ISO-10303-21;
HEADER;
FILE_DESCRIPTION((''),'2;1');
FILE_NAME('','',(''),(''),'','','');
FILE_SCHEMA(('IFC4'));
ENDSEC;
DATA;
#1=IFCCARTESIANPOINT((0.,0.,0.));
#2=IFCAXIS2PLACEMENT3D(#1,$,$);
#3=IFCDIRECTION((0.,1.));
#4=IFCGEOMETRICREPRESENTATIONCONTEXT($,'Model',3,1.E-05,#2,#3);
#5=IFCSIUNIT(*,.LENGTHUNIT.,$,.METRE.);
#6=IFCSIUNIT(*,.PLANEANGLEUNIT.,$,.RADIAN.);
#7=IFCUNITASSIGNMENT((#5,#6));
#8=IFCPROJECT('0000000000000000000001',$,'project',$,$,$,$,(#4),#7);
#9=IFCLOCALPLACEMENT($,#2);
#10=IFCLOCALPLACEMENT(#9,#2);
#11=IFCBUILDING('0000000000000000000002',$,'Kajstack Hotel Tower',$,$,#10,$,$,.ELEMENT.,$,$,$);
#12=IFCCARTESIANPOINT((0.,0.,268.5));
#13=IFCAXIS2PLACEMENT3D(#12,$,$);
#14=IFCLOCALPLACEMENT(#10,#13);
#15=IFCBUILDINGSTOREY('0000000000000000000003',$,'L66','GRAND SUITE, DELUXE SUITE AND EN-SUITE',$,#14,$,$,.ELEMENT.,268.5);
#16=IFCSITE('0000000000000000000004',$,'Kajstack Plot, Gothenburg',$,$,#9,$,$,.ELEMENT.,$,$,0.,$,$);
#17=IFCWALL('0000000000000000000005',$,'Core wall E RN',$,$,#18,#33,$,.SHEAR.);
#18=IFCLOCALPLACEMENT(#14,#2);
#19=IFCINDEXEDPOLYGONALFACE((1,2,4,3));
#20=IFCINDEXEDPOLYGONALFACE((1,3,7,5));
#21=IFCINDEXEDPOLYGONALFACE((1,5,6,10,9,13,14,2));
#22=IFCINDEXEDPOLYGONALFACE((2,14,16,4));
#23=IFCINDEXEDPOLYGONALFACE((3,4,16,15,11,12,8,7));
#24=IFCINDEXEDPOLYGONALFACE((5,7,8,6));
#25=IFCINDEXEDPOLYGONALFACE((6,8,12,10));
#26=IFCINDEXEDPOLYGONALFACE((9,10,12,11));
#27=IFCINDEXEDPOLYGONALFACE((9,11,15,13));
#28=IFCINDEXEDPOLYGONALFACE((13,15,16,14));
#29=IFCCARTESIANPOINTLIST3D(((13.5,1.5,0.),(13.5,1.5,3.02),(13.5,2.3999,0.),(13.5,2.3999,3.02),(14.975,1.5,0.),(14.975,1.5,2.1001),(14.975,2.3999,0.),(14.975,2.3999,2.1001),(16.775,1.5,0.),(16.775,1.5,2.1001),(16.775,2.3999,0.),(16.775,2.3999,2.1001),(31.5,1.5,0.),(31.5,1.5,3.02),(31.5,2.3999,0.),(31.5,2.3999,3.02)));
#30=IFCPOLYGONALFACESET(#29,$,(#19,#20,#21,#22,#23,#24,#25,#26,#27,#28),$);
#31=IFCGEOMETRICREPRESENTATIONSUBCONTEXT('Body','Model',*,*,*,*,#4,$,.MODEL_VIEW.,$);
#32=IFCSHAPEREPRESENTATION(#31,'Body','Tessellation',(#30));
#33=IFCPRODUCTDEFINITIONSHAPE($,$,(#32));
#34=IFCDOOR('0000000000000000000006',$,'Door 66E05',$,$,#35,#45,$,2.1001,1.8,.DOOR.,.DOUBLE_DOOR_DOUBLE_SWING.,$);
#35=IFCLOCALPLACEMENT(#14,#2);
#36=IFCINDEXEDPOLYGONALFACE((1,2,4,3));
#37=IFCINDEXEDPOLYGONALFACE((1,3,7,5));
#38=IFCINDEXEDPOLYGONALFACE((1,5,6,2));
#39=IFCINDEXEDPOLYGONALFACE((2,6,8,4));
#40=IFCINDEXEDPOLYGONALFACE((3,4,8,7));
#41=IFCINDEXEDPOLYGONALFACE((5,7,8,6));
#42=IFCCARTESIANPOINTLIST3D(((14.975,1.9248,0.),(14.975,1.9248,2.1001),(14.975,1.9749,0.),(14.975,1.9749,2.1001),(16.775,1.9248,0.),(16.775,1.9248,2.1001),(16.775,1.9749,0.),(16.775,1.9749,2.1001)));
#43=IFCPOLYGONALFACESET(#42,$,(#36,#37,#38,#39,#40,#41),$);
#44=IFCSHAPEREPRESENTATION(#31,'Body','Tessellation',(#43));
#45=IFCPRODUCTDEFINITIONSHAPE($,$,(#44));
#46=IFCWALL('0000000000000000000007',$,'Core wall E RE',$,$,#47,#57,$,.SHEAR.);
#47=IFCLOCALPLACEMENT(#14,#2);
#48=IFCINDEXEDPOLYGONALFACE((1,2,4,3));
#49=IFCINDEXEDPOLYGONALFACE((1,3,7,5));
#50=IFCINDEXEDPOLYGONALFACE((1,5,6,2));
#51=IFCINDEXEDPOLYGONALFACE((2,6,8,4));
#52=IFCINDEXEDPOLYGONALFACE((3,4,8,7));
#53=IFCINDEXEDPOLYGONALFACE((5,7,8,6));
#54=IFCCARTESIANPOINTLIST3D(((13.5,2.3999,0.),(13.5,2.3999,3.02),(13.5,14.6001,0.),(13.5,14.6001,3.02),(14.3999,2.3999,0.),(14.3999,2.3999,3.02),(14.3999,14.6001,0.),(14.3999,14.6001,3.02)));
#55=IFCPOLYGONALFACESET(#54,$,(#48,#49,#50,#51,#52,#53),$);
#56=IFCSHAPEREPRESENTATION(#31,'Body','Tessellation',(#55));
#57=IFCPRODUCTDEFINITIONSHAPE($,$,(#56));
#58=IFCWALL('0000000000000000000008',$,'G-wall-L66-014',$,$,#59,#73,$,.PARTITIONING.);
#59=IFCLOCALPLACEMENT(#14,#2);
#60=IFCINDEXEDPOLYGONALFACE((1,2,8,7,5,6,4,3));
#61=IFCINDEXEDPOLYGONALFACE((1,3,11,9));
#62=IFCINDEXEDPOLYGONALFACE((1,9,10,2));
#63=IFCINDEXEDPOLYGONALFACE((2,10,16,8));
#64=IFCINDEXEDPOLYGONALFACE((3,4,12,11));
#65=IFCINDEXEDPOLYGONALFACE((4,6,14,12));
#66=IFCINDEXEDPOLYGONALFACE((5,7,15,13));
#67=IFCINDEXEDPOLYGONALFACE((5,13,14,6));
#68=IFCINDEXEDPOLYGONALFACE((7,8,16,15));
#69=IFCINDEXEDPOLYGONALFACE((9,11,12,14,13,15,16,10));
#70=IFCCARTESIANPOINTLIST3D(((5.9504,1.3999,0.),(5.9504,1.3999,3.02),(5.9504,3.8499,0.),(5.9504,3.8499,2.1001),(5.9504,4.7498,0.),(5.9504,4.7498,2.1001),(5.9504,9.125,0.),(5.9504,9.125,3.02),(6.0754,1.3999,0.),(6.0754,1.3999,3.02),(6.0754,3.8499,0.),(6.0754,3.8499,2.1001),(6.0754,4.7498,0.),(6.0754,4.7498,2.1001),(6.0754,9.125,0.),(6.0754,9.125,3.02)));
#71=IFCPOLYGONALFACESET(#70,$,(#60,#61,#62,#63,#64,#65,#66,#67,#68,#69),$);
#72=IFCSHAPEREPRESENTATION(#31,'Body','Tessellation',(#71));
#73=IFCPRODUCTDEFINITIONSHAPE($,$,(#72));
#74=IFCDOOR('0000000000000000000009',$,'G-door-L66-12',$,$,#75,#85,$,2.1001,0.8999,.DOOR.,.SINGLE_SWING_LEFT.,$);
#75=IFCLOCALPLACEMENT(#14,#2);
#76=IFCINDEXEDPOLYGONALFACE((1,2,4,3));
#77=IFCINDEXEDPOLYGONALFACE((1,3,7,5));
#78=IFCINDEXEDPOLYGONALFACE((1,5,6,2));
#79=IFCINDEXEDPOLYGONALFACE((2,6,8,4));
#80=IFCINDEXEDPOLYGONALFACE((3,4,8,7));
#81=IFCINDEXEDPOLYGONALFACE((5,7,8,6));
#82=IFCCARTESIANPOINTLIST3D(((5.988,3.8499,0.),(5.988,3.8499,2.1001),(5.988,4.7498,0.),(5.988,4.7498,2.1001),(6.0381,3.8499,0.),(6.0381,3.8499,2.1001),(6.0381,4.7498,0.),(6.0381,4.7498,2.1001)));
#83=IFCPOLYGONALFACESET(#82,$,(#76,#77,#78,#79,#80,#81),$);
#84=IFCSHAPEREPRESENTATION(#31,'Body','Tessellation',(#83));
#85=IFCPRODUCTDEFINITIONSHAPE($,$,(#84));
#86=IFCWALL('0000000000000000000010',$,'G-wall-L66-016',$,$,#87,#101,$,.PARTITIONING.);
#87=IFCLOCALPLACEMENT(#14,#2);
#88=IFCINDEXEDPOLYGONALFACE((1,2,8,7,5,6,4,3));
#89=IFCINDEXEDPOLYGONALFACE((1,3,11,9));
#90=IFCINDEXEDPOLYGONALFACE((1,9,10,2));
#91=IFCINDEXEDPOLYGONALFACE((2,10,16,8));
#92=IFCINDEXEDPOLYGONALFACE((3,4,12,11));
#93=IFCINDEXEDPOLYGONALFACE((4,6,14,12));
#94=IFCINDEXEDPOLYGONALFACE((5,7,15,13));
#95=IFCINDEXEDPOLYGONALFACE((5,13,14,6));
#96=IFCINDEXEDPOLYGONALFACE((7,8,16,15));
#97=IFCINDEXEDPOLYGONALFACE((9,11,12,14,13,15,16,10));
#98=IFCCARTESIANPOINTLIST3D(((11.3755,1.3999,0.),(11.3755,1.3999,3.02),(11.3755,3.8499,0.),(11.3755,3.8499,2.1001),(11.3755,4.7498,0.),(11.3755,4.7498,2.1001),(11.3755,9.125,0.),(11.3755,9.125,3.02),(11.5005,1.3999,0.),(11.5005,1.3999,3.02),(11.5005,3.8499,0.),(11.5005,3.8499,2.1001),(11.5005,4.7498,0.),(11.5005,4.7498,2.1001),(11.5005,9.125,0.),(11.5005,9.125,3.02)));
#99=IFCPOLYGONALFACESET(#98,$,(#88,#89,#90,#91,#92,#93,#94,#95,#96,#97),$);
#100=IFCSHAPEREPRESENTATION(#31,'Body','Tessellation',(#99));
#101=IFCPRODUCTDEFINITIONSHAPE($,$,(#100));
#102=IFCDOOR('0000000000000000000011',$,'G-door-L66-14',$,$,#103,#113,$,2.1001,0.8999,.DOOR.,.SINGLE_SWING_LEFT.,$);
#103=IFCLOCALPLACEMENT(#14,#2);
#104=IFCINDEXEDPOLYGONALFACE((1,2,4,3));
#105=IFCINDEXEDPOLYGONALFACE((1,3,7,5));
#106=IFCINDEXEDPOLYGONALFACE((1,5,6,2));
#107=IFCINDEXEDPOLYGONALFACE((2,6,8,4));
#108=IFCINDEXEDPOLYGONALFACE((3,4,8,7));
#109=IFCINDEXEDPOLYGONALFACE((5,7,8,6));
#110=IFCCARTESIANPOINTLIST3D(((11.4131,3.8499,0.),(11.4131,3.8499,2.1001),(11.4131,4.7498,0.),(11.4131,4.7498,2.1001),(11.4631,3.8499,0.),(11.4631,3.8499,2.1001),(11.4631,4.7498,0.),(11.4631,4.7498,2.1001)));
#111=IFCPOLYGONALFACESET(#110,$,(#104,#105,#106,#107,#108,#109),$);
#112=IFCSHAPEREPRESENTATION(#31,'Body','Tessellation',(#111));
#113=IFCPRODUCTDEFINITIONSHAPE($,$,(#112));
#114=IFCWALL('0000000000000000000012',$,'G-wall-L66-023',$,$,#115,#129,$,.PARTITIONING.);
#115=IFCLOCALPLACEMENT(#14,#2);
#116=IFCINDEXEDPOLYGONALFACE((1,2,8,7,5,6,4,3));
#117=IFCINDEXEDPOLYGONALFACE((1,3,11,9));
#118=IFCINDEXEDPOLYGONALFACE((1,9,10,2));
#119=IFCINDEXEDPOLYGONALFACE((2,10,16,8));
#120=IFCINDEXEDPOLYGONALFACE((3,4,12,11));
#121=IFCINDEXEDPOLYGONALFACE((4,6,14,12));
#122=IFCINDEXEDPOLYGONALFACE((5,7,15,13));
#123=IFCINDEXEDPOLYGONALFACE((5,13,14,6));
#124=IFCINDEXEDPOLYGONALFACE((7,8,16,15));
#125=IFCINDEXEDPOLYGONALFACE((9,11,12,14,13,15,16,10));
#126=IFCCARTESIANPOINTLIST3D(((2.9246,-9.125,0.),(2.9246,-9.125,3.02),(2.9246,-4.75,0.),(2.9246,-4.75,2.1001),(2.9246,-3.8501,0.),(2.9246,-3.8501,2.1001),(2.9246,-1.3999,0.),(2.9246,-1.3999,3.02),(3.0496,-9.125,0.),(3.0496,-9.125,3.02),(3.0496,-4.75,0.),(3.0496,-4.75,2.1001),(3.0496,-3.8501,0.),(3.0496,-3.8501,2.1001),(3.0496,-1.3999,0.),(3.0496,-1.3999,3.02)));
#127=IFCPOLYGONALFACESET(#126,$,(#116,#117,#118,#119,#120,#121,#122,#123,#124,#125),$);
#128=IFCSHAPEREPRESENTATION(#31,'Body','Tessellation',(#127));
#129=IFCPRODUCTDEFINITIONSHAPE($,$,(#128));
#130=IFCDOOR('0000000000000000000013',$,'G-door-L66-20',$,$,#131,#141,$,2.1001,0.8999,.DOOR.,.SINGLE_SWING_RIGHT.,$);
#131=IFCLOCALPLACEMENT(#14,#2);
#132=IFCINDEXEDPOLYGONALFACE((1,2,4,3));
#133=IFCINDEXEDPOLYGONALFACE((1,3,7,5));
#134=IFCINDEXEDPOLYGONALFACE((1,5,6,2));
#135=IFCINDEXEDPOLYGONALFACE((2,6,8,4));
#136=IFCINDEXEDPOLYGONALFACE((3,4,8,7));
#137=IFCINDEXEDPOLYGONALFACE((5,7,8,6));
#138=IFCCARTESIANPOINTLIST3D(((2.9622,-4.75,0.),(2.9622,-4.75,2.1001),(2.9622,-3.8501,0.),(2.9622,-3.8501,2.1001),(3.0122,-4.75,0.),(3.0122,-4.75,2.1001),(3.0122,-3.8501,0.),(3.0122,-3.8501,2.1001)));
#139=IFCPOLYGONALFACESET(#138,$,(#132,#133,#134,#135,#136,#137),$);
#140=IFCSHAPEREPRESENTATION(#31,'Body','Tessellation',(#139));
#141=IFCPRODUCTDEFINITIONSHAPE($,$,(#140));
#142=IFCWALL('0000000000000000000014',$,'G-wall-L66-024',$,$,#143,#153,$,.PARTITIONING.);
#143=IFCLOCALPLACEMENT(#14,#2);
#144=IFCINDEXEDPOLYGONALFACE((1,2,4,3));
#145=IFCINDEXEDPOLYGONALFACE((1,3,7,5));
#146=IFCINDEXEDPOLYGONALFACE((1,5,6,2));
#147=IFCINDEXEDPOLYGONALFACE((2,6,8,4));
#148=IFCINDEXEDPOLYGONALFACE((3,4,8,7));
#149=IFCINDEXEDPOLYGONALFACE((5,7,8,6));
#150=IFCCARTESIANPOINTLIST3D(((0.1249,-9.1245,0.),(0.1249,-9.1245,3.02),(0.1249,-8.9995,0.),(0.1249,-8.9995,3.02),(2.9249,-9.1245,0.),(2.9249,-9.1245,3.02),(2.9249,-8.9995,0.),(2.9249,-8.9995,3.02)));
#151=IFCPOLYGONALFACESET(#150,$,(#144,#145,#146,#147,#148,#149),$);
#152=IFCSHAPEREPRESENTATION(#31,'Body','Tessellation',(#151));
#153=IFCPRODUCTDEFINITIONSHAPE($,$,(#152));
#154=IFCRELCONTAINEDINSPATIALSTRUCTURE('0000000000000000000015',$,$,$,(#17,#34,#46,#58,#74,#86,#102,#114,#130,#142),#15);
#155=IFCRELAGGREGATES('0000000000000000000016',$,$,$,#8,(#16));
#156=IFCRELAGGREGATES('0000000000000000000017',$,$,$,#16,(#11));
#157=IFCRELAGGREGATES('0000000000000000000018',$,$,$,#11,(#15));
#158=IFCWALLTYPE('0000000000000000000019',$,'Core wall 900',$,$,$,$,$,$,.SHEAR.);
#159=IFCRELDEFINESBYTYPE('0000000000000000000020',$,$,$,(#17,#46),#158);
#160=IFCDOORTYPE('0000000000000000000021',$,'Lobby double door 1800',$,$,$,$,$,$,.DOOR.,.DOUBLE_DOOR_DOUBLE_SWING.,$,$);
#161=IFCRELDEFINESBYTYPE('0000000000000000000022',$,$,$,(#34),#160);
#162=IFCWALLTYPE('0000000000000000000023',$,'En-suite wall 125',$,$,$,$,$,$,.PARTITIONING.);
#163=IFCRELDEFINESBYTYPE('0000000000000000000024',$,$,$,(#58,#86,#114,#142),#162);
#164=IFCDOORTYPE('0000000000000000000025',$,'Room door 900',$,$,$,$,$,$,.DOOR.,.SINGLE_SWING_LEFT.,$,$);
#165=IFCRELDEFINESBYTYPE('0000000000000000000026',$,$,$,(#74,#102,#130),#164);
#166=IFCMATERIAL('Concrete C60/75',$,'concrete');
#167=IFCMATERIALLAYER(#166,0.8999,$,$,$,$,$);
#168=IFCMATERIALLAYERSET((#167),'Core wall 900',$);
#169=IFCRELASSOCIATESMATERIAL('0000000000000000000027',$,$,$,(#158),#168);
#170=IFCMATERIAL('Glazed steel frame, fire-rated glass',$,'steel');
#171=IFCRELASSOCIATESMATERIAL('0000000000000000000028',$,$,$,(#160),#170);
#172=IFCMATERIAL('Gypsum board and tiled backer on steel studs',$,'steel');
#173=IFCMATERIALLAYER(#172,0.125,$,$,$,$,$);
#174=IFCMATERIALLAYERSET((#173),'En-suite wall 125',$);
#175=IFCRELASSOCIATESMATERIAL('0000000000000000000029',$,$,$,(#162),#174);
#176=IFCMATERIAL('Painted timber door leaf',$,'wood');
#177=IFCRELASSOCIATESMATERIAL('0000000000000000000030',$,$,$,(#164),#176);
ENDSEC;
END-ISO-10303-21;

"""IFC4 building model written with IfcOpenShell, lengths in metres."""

from ifc_helpers import new_model, si_unit, direction, frame, frame_2d, origin, place, context, subcontext, project, spatial, rectangle, extrude, material, layer, layer_set, type_object, element, fill, save


model = new_model("IFC4")

# Units and contexts
model_context = context("Model", 3, precision=1e-05, world=origin(), true_north=direction((0.0, 1.0)))
body_context = subcontext(model_context, "Body", "Model", "MODEL_VIEW")
ifc_project = project(units=[si_unit("LENGTHUNIT", "METRE"), si_unit("PLANEANGLEUNIT", "RADIAN")], contexts=[model_context])

# Site, building, storey
site_placement = place(None, origin())
site = spatial("IfcSite", under=ifc_project, at=site_placement, Name="Kajstack Plot, Gothenburg", CompositionType="ELEMENT", RefElevation=0.0)
building_placement = place(site_placement, origin())
building = spatial("IfcBuilding", under=site, at=building_placement, Name="Kajstack Hotel Tower", CompositionType="ELEMENT")
storey_placement = place(building_placement, frame((0.0, 0.0, 268.5)))
storey = spatial("IfcBuildingStorey", under=building, at=storey_placement, Name="L66", Description="GRAND SUITE, DELUXE SUITE AND EN-SUITE", CompositionType="ELEMENT", Elevation=268.5)

# Wall, opening, door
ifc_material_1 = material(Name="Concrete C60/75", Category="concrete")
ifc_layer_1 = layer(ifc_material_1, 0.8999)
ifc_layer_set_1 = layer_set([ifc_layer_1], Name="Core wall 900")
wall_type_1 = type_object("IfcWallType", Name="Core wall 900", PredefinedType="SHEAR", material=ifc_layer_set_1)
wall_1_placement = place(storey_placement, frame((13.5, 1.95, 0.0), z_axis=(0.0, 0.0, 1.0), x_axis=(1.0, 0.0, 0.0)))
wall_1 = element("IfcWall", 1, at=wall_1_placement, inside=storey, type_object=wall_type_1, Name="Core wall E RN", PredefinedType="SHEAR", context=body_context, shape_type="SweptSolid", body=[
    extrude(rectangle(XDim=18.0, YDim=0.8999, at=frame_2d((9.0, 0.0))), origin(), (0.0, 0.0, 1.0), 3.02),
])
opening_1_placement = place(wall_1_placement, frame((1.4751, 0.0, 0.0)))
opening_1 = element("IfcOpeningElement", 2, at=opening_1_placement, cuts=wall_1, PredefinedType="OPENING", context=body_context, shape_type="SweptSolid", body=[
    extrude(rectangle(XDim=1.8, YDim=2.1001, at=frame_2d((0.8999, 1.05))), frame((0.0, 0.46, 0.0), z_axis=(0.0, -1.0, 0.0), x_axis=(1.0, 0.0, 0.0)), (0.0, 0.0, 1.0), 0.9199),
])
ifc_material_2 = material(Name="Glazed steel frame, fire-rated glass", Category="steel")
door_type_1 = type_object("IfcDoorType", Name="Lobby double door 1800", OperationType="DOUBLE_DOOR_DOUBLE_SWING", PredefinedType="DOOR", material=ifc_material_2)
door_1_placement = place(opening_1_placement, origin())
door_1 = element("IfcDoor", 3, at=door_1_placement, inside=storey, type_object=door_type_1, Name="Door 66E05", OperationType="DOUBLE_DOOR_DOUBLE_SWING", OverallHeight=2.1001, OverallWidth=1.8, PredefinedType="DOOR", context=body_context, shape_type="SweptSolid", body=[
    extrude(rectangle(XDim=1.8, YDim=2.1001, at=frame_2d((0.8999, 1.05))), frame((0.0, 0.0249, 0.0), z_axis=(0.0, -1.0, 0.0), x_axis=(1.0, 0.0, 0.0)), (0.0, 0.0, 1.0), 0.05),
])
fill(opening_1, door_1)

# Wall
wall_2_placement = place(storey_placement, frame((13.95, 2.3999, 0.0), z_axis=(0.0, 0.0, 1.0), x_axis=(0.0, 1.0, 0.0)))
element("IfcWall", 4, at=wall_2_placement, inside=storey, type_object=wall_type_1, Name="Core wall E RE", PredefinedType="SHEAR", context=body_context, shape_type="SweptSolid", body=[
    extrude(rectangle(XDim=12.2002, YDim=0.8999, at=frame_2d((6.1001, 0.0))), origin(), (0.0, 0.0, 1.0), 3.02),
])

# Walls, openings, doors
ifc_material_3 = material(Name="Gypsum board and tiled backer on steel studs", Category="steel")
ifc_layer_2 = layer(ifc_material_3, 0.125)
ifc_layer_set_2 = layer_set([ifc_layer_2], Name="En-suite wall 125")
wall_type_2 = type_object("IfcWallType", Name="En-suite wall 125", PredefinedType="PARTITIONING", material=ifc_layer_set_2)
wall_3_placement = place(storey_placement, frame((6.0129, 1.3999, 0.0), z_axis=(0.0, 0.0, 1.0), x_axis=(0.0, 1.0, 0.0)))
wall_3 = element("IfcWall", 5, at=wall_3_placement, inside=storey, type_object=wall_type_2, Name="G-wall-L66-014", PredefinedType="PARTITIONING", context=body_context, shape_type="SweptSolid", body=[
    extrude(rectangle(XDim=7.7251, YDim=0.125, at=frame_2d((3.8625, 0.0))), origin(), (0.0, 0.0, 1.0), 3.02),
])
opening_2_placement = place(wall_3_placement, frame((2.45, 0.0, 0.0)))
opening_2 = element("IfcOpeningElement", 6, at=opening_2_placement, cuts=wall_3, PredefinedType="OPENING", context=body_context, shape_type="SweptSolid", body=[
    extrude(rectangle(XDim=0.8999, YDim=2.1001, at=frame_2d((0.45, 1.05))), frame((0.0, 0.0725, 0.0), z_axis=(0.0, -1.0, 0.0), x_axis=(1.0, 0.0, 0.0)), (0.0, 0.0, 1.0), 0.145),
])
ifc_material_4 = material(Name="Painted timber door leaf", Category="wood")
door_type_2 = type_object("IfcDoorType", Name="Room door 900", OperationType="SINGLE_SWING_LEFT", PredefinedType="DOOR", material=ifc_material_4)
door_2_placement = place(opening_2_placement, origin())
door_2 = element("IfcDoor", 7, at=door_2_placement, inside=storey, type_object=door_type_2, Name="G-door-L66-12", OperationType="SINGLE_SWING_LEFT", OverallHeight=2.1001, OverallWidth=0.8999, PredefinedType="DOOR", context=body_context, shape_type="SweptSolid", body=[
    extrude(rectangle(XDim=0.8999, YDim=2.1001, at=frame_2d((0.45, 1.05))), frame((0.0, 0.0249, 0.0), z_axis=(0.0, -1.0, 0.0), x_axis=(1.0, 0.0, 0.0)), (0.0, 0.0, 1.0), 0.05),
])
fill(opening_2, door_2)
wall_4_placement = place(storey_placement, frame((11.438, 1.3999, 0.0), z_axis=(0.0, 0.0, 1.0), x_axis=(0.0, 1.0, 0.0)))
wall_4 = element("IfcWall", 8, at=wall_4_placement, inside=storey, type_object=wall_type_2, Name="G-wall-L66-016", PredefinedType="PARTITIONING", context=body_context, shape_type="SweptSolid", body=[
    extrude(rectangle(XDim=7.7251, YDim=0.125, at=frame_2d((3.8625, 0.0))), origin(), (0.0, 0.0, 1.0), 3.02),
])
opening_3_placement = place(wall_4_placement, frame((2.45, 0.0, 0.0)))
opening_3 = element("IfcOpeningElement", 9, at=opening_3_placement, cuts=wall_4, PredefinedType="OPENING", context=body_context, shape_type="SweptSolid", body=[
    extrude(rectangle(XDim=0.8999, YDim=2.1001, at=frame_2d((0.45, 1.05))), frame((0.0, 0.0725, 0.0), z_axis=(0.0, -1.0, 0.0), x_axis=(1.0, 0.0, 0.0)), (0.0, 0.0, 1.0), 0.145),
])
door_3_placement = place(opening_3_placement, origin())
door_3 = element("IfcDoor", 10, at=door_3_placement, inside=storey, type_object=door_type_2, Name="G-door-L66-14", OperationType="SINGLE_SWING_LEFT", OverallHeight=2.1001, OverallWidth=0.8999, PredefinedType="DOOR", context=body_context, shape_type="SweptSolid", body=[
    extrude(rectangle(XDim=0.8999, YDim=2.1001, at=frame_2d((0.45, 1.05))), frame((0.0, 0.0249, 0.0), z_axis=(0.0, -1.0, 0.0), x_axis=(1.0, 0.0, 0.0)), (0.0, 0.0, 1.0), 0.05),
])
fill(opening_3, door_3)
wall_5_placement = place(storey_placement, frame((2.9871, -9.125, 0.0), z_axis=(0.0, 0.0, 1.0), x_axis=(0.0, 1.0, 0.0)))
wall_5 = element("IfcWall", 11, at=wall_5_placement, inside=storey, type_object=wall_type_2, Name="G-wall-L66-023", PredefinedType="PARTITIONING", context=body_context, shape_type="SweptSolid", body=[
    extrude(rectangle(XDim=7.7251, YDim=0.125, at=frame_2d((3.8625, 0.0))), origin(), (0.0, 0.0, 1.0), 3.02),
])
opening_4_placement = place(wall_5_placement, frame((4.375, 0.0, 0.0)))
opening_4 = element("IfcOpeningElement", 12, at=opening_4_placement, cuts=wall_5, PredefinedType="OPENING", context=body_context, shape_type="SweptSolid", body=[
    extrude(rectangle(XDim=0.8999, YDim=2.1001, at=frame_2d((0.45, 1.05))), frame((0.0, 0.0725, 0.0), z_axis=(0.0, -1.0, 0.0), x_axis=(1.0, 0.0, 0.0)), (0.0, 0.0, 1.0), 0.145),
])
door_4_placement = place(opening_4_placement, origin())
door_4 = element("IfcDoor", 13, at=door_4_placement, inside=storey, type_object=door_type_2, Name="G-door-L66-20", OperationType="SINGLE_SWING_RIGHT", OverallHeight=2.1001, OverallWidth=0.8999, PredefinedType="DOOR", context=body_context, shape_type="SweptSolid", body=[
    extrude(rectangle(XDim=0.8999, YDim=2.1001, at=frame_2d((0.45, 1.05))), frame((0.0, 0.0249, 0.0), z_axis=(0.0, -1.0, 0.0), x_axis=(1.0, 0.0, 0.0)), (0.0, 0.0, 1.0), 0.05),
])
fill(opening_4, door_4)

# Wall
wall_6_placement = place(storey_placement, frame((0.125, -9.062, 0.0), z_axis=(0.0, 0.0, 1.0), x_axis=(1.0, 0.0, 0.0)))
element("IfcWall", 14, at=wall_6_placement, inside=storey, type_object=wall_type_2, Name="G-wall-L66-024", PredefinedType="PARTITIONING", context=body_context, shape_type="SweptSolid", body=[
    extrude(rectangle(XDim=2.8, YDim=0.125, at=frame_2d((1.3999, 0.0))), origin(), (0.0, 0.0, 1.0), 3.02),
])

save(model, "model.ifc")
